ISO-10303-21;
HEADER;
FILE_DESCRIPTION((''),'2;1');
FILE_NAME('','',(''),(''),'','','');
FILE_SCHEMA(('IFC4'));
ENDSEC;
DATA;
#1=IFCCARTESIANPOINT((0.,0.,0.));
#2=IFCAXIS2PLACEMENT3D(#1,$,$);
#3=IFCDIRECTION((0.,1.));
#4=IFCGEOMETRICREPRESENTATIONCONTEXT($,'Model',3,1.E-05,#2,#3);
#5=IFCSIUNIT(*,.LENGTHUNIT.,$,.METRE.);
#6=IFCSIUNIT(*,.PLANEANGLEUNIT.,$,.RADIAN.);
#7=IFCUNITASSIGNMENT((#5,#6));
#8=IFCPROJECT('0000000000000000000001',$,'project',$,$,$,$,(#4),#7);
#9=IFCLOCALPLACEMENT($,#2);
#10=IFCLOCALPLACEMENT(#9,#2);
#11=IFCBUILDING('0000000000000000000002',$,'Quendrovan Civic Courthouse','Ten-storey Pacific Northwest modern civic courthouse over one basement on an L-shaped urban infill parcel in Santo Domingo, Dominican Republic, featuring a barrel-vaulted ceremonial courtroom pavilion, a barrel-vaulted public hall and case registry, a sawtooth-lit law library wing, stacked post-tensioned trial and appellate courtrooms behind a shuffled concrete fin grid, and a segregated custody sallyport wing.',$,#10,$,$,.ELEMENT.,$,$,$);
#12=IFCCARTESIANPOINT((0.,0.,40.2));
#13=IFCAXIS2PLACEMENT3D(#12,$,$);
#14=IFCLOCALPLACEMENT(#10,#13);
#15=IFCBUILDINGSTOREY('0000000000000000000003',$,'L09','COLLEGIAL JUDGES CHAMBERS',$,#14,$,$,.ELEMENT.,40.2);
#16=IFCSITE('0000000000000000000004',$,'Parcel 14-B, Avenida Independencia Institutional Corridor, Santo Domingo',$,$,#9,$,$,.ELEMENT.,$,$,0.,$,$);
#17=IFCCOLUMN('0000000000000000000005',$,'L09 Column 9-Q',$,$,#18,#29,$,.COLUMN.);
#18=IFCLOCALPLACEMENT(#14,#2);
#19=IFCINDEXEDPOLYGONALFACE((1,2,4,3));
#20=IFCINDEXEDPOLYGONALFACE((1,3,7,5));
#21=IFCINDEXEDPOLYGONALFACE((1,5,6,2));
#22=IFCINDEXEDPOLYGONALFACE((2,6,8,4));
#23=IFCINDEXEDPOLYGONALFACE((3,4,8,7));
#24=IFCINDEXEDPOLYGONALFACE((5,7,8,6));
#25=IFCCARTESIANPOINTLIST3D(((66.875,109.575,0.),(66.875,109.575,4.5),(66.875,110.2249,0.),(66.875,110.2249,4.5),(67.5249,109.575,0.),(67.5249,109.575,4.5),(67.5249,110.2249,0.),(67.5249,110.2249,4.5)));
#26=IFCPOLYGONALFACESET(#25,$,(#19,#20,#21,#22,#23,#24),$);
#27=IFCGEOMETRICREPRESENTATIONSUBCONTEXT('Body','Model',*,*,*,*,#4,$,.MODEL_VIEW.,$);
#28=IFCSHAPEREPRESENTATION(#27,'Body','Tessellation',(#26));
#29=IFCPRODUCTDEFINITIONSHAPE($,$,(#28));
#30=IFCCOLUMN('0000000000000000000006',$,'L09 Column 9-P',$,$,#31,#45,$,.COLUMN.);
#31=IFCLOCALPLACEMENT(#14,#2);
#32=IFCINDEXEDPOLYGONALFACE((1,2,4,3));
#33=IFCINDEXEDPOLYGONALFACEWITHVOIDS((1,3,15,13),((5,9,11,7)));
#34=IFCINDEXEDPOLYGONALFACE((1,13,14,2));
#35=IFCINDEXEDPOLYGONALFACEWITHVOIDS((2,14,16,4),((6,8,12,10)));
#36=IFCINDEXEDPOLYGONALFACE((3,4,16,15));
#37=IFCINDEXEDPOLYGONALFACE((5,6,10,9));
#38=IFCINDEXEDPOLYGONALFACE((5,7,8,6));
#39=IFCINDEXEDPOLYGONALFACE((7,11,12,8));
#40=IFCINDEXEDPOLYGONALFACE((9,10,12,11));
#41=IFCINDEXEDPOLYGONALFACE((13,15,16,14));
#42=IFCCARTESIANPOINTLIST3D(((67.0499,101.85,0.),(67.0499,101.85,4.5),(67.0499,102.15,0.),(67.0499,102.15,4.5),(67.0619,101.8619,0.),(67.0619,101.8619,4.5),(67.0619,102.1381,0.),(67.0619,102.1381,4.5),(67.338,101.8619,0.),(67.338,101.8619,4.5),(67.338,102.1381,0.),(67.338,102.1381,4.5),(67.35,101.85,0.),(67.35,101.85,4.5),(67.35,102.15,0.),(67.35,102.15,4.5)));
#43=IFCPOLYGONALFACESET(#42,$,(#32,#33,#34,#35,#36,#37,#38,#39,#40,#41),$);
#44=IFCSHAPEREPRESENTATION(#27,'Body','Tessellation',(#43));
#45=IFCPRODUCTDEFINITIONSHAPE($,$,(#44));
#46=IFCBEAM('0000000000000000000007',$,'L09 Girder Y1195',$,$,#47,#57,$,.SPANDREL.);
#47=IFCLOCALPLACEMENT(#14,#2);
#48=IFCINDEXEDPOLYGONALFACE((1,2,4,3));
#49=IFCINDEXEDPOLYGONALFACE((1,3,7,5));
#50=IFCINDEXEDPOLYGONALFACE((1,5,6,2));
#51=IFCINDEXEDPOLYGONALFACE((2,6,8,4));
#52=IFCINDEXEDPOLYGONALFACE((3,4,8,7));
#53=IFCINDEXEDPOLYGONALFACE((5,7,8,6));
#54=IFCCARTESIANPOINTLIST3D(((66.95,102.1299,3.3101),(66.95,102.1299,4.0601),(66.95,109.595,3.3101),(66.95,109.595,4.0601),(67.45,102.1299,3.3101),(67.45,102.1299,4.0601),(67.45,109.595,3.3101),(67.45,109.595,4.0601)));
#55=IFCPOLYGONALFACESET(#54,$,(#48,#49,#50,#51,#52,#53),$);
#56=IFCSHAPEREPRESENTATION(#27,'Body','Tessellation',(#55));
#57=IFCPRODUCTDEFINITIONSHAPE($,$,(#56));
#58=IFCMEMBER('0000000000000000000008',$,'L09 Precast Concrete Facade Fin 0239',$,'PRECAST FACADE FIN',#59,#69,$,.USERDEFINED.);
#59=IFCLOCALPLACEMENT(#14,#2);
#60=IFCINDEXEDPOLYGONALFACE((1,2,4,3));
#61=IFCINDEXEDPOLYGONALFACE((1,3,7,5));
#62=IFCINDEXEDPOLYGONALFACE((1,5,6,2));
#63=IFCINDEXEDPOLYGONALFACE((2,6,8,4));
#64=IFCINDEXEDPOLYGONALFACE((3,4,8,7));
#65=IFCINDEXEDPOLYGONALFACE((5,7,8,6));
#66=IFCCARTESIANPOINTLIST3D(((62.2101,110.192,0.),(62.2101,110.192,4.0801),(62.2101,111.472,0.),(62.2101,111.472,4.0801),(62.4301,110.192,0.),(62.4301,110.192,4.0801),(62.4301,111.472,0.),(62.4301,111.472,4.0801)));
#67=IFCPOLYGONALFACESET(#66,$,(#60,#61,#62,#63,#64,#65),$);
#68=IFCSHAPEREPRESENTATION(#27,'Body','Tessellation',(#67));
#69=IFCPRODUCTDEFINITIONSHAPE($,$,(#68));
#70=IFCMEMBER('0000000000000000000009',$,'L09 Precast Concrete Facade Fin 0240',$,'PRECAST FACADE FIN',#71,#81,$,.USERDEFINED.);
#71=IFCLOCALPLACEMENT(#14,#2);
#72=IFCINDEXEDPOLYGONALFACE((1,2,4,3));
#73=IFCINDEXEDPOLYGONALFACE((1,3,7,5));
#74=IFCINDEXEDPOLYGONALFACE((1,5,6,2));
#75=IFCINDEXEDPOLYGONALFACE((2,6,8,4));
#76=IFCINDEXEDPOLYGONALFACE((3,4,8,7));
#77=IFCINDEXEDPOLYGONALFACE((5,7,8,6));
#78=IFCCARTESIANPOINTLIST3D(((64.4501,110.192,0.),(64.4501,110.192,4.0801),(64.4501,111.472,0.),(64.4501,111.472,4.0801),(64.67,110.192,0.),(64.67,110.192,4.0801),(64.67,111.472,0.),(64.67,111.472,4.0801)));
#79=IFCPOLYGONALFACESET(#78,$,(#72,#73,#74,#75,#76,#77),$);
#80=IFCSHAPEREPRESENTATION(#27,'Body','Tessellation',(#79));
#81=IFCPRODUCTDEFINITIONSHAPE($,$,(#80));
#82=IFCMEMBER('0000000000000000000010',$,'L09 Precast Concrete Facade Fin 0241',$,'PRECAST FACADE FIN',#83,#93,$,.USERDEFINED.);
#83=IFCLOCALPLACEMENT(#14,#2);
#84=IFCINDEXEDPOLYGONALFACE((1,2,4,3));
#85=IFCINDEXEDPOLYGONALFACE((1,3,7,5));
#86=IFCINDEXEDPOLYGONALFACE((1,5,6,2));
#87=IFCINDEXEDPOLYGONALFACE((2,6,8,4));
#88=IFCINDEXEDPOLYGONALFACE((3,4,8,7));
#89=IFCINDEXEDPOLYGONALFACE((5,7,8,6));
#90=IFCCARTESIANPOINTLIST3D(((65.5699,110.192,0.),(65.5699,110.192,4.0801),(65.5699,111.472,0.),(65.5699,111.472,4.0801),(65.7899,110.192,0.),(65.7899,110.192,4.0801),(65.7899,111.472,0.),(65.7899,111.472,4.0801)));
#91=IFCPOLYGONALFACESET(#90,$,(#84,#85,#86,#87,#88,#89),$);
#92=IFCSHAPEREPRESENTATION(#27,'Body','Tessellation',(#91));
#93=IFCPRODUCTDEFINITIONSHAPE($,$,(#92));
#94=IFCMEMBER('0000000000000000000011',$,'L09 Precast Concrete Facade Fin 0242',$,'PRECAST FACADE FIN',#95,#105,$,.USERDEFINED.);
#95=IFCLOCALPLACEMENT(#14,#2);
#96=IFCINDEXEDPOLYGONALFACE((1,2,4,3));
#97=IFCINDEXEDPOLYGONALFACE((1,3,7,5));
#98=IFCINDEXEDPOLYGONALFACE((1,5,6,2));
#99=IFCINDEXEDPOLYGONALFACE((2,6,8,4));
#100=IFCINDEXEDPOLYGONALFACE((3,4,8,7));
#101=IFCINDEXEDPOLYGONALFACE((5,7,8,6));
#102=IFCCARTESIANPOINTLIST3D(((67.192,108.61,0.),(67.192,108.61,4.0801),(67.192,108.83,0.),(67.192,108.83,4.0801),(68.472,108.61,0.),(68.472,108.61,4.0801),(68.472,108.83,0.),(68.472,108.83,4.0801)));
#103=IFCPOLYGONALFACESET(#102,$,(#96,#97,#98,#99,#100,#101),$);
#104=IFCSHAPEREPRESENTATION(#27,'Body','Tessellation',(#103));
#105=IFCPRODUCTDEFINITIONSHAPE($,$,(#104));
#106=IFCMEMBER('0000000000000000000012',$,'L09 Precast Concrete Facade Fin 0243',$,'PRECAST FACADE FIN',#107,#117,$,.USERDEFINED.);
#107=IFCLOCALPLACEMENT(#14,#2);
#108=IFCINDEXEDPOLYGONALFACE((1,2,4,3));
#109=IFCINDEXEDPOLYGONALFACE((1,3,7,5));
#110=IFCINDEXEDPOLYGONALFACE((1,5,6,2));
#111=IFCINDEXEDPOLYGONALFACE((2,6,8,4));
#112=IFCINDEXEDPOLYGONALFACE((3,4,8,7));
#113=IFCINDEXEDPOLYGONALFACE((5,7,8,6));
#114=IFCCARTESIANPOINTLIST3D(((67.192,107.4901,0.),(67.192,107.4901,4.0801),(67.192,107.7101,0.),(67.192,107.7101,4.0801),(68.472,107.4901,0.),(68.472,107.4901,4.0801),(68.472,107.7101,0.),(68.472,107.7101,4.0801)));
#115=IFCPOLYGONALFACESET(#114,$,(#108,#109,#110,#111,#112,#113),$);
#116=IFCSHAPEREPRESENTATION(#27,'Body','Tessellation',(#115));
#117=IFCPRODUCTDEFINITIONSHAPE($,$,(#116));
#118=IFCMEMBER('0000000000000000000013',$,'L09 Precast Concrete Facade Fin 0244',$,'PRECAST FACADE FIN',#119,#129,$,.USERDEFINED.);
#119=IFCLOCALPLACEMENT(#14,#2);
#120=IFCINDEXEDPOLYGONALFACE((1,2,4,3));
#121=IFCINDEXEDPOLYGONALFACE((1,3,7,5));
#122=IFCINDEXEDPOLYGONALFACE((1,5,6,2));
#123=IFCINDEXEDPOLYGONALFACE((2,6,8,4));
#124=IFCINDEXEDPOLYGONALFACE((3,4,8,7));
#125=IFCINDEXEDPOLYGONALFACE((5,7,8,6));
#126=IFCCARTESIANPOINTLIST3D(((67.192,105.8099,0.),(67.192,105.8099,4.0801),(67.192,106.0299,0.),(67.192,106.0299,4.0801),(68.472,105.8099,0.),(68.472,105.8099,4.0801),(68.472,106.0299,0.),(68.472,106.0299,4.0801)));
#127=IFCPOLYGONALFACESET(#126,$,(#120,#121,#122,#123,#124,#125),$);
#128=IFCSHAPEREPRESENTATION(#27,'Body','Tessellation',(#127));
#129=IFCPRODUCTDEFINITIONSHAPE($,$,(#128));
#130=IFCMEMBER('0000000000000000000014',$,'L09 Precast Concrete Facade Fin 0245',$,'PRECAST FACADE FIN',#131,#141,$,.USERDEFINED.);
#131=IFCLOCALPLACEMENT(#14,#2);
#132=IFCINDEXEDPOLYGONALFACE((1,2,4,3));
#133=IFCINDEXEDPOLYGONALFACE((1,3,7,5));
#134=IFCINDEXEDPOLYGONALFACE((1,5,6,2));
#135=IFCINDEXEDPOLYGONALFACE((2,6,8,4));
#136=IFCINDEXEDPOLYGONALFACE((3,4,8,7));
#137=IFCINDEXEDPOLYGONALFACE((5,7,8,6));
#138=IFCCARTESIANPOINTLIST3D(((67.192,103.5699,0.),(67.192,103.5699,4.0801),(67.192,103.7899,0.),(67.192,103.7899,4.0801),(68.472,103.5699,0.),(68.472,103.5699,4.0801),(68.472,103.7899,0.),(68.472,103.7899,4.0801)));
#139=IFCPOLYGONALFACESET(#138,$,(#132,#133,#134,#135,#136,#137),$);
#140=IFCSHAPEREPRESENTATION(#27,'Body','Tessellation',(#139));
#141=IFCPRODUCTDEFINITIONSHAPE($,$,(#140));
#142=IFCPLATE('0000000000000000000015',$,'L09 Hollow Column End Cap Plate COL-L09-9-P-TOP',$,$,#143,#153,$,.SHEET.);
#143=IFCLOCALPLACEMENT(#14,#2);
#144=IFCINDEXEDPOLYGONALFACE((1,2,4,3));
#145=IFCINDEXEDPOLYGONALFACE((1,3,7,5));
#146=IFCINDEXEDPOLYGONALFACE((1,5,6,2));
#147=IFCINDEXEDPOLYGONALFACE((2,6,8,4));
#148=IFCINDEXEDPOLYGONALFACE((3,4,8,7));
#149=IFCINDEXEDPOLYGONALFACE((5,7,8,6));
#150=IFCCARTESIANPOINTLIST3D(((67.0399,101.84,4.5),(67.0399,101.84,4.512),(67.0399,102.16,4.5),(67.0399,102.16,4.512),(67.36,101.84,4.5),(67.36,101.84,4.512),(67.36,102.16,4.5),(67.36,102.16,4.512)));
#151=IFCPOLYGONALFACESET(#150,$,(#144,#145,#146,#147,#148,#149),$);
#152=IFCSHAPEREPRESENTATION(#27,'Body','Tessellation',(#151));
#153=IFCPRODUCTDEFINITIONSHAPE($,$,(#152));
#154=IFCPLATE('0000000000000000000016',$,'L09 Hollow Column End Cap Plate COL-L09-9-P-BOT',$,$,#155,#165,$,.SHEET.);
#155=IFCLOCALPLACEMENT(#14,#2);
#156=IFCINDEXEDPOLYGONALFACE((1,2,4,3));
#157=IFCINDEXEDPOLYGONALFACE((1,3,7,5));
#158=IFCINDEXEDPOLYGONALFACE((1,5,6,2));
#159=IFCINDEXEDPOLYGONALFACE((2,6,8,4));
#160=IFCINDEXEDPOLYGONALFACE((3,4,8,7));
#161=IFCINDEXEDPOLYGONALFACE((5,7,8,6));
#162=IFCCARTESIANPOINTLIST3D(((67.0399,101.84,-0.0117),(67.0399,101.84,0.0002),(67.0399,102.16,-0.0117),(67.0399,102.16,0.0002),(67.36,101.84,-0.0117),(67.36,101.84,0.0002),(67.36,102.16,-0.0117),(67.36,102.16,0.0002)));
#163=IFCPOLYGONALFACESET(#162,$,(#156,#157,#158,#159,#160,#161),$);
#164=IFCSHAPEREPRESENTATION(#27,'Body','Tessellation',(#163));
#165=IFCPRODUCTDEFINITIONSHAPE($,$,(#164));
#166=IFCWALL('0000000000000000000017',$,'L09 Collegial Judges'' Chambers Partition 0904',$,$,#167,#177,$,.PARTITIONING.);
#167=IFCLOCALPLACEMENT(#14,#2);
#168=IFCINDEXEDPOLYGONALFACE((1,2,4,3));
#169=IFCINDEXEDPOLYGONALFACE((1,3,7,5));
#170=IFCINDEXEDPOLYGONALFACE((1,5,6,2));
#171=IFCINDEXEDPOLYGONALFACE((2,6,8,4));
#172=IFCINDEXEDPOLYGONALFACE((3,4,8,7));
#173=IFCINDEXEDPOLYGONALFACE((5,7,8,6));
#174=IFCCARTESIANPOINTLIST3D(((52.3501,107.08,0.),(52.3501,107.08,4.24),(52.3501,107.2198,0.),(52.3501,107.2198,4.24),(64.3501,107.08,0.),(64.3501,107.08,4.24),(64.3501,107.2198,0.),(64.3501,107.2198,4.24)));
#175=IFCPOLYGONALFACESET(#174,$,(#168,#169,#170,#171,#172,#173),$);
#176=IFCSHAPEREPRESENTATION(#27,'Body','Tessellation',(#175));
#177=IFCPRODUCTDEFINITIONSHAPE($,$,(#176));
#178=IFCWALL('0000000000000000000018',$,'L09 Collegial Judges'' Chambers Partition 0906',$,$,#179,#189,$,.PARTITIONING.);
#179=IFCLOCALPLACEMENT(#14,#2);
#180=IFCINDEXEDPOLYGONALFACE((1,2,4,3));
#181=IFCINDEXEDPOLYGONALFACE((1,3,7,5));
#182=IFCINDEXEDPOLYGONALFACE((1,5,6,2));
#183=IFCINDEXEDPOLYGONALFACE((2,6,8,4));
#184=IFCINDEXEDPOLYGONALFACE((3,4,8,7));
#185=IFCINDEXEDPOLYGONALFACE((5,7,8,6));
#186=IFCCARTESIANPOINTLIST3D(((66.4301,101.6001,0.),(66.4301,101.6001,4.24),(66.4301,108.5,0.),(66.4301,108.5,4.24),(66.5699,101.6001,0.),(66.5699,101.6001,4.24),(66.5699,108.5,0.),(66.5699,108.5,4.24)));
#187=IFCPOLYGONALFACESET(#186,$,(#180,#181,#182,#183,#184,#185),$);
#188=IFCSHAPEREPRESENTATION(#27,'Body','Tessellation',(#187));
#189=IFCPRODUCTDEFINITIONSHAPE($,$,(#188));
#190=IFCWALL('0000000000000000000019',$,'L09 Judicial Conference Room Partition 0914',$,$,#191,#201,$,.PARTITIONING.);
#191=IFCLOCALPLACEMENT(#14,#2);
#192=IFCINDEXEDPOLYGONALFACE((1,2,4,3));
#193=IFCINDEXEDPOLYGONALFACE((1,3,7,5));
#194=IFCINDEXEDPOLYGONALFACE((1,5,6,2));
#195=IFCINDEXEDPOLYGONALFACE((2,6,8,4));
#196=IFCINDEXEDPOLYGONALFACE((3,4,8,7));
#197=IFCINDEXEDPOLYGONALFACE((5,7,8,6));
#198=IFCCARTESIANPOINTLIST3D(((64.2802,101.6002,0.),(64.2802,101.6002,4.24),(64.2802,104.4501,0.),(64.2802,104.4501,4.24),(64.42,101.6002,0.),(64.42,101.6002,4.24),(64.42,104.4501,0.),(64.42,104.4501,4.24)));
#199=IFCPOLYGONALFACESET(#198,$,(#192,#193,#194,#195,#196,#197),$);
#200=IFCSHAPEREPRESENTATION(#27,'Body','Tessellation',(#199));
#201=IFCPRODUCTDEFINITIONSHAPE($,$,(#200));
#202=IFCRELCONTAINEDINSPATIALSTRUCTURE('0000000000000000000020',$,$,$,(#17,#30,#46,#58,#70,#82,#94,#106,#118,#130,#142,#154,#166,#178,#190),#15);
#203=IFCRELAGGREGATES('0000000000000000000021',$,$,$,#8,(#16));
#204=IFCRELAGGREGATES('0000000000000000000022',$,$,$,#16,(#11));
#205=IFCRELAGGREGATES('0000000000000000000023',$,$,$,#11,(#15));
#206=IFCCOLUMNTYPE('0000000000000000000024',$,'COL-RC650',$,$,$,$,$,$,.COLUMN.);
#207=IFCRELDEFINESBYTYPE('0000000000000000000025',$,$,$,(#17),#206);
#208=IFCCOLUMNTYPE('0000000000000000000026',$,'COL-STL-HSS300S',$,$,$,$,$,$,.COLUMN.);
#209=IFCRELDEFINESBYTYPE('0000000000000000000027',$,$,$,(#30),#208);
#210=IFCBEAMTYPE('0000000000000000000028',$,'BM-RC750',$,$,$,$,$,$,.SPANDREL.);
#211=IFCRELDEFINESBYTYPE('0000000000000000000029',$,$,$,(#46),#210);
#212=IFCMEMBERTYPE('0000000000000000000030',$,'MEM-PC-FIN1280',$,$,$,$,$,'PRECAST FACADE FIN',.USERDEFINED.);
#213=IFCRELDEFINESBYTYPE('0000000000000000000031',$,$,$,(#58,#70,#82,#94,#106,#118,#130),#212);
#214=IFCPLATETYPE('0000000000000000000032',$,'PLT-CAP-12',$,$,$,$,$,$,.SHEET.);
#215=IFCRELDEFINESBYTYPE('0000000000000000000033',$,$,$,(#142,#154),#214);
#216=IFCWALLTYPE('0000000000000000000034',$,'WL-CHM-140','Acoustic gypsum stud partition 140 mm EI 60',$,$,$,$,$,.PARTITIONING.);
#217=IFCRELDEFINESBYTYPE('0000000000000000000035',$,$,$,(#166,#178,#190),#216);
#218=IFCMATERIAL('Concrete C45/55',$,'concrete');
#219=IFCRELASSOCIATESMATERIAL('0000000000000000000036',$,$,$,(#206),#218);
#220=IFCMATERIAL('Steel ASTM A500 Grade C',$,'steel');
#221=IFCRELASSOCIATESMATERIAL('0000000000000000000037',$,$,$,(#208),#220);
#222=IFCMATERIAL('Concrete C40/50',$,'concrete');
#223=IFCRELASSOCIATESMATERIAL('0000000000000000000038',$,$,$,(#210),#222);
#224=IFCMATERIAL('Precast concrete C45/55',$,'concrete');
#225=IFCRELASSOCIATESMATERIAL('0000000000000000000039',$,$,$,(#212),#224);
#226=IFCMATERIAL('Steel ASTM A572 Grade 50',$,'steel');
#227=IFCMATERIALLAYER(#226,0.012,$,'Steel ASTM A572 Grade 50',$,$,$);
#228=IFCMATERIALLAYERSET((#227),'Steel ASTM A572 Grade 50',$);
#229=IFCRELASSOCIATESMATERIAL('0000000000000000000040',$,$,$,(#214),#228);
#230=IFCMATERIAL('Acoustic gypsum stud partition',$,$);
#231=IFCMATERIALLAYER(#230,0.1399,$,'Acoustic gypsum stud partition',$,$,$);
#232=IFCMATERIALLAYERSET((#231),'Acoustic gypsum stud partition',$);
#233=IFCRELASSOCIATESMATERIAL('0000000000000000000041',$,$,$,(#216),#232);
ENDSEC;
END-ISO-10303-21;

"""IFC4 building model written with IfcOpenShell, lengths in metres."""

from ifc_helpers import new_model, si_unit, direction, frame, frame_2d, origin, origin_2d, place, context, subcontext, project, spatial, rectangle, hollow_rectangle, extrude, material, layer, layer_set, material_profile, profile_set, type_object, element, save


model = new_model("IFC4")

# Units and contexts
model_context = context("Model", 3, precision=1e-05, world=origin(), true_north=direction((0.0, 1.0)))
body_context = subcontext(model_context, "Body", "Model", "MODEL_VIEW")
ifc_project = project(units=[si_unit("LENGTHUNIT", "METRE"), si_unit("PLANEANGLEUNIT", "RADIAN")], contexts=[model_context])

# Site, building, storey
site_placement = place(None, origin())
site = spatial("IfcSite", under=ifc_project, at=site_placement, Name="Parcel 14-B, Avenida Independencia Institutional Corridor, Santo Domingo", CompositionType="ELEMENT", RefElevation=0.0)
building_placement = place(site_placement, origin())
building = spatial("IfcBuilding", under=site, at=building_placement, Name="Quendrovan Civic Courthouse", Description="Ten-storey Pacific Northwest modern civic courthouse over one basement on an L-shaped urban infill parcel in Santo Domingo, Dominican Republic, featuring a barrel-vaulted ceremonial courtroom pavilion, a barrel-vaulted public hall and case registry, a sawtooth-lit law library wing, stacked post-tensioned trial and appellate courtrooms behind a shuffled concrete fin grid, and a segregated custody sallyport wing.", CompositionType="ELEMENT")
storey_placement = place(building_placement, frame((0.0, 0.0, 40.2)))
storey = spatial("IfcBuildingStorey", under=building, at=storey_placement, Name="L09", Description="COLLEGIAL JUDGES CHAMBERS", CompositionType="ELEMENT", Elevation=40.2)

# Columns
ifc_material_1 = material(Name="Concrete C45/55", Category="concrete")
ifc_material_profile_1 = material_profile(ifc_material_1, rectangle(XDim=0.6499, YDim=0.6499, at=origin_2d()), Name="RC-COL-650x650")
ifc_profile_set_1 = profile_set([ifc_material_profile_1], Name="Concrete C45/55")
column_type_1 = type_object("IfcColumnType", Name="COL-RC650", PredefinedType="COLUMN", material=ifc_profile_set_1)
column_1_placement = place(storey_placement, frame((67.2, 109.8999, 0.0), z_axis=(0.0, 0.0, 1.0), x_axis=(1.0, 0.0, 0.0)))
element("IfcColumn", 1, at=column_1_placement, inside=storey, type_object=column_type_1, Name="L09 Column 9-Q", PredefinedType="COLUMN", context=body_context, shape_type="SweptSolid", body=[
    extrude(rectangle(XDim=0.6499, YDim=0.6499, at=origin_2d()), origin(), (0.0, 0.0, 1.0), 4.5),
])
ifc_material_2 = material(Name="Steel ASTM A500 Grade C", Category="steel")
ifc_material_profile_2 = material_profile(ifc_material_2, hollow_rectangle(XDim=0.3, YDim=0.3, WallThickness=0.012, at=origin_2d()), Name="HSS300x300x12")
ifc_profile_set_2 = profile_set([ifc_material_profile_2], Name="Steel ASTM A500 Grade C")
column_type_2 = type_object("IfcColumnType", Name="COL-STL-HSS300S", PredefinedType="COLUMN", material=ifc_profile_set_2)
column_2_placement = place(storey_placement, frame((67.2, 102.0, 0.0), z_axis=(0.0, 0.0, 1.0), x_axis=(1.0, 0.0, 0.0)))
element("IfcColumn", 2, at=column_2_placement, inside=storey, type_object=column_type_2, Name="L09 Column 9-P", PredefinedType="COLUMN", context=body_context, shape_type="SweptSolid", body=[
    extrude(hollow_rectangle(XDim=0.3, YDim=0.3, WallThickness=0.012, at=origin_2d()), origin(), (0.0, 0.0, 1.0), 4.5),
])

# Beam
ifc_material_3 = material(Name="Concrete C40/50", Category="concrete")
ifc_material_profile_3 = material_profile(ifc_material_3, rectangle(XDim=0.5, YDim=0.75, at=origin_2d()), Name="RC-BM-500x750")
ifc_profile_set_3 = profile_set([ifc_material_profile_3], Name="Concrete C40/50")
beam_type = type_object("IfcBeamType", Name="BM-RC750", PredefinedType="SPANDREL", material=ifc_profile_set_3)
beam_placement = place(storey_placement, frame((67.2, 102.1299, 3.6851), z_axis=(0.0, 1.0, 0.0), x_axis=(-1.0, 0.0, 0.0)))
element("IfcBeam", 3, at=beam_placement, inside=storey, type_object=beam_type, Name="L09 Girder Y1195", PredefinedType="SPANDREL", context=body_context, shape_type="SweptSolid", body=[
    extrude(rectangle(XDim=0.5, YDim=0.75, at=origin_2d()), origin(), (0.0, 0.0, 1.0), 7.4651),
])

# Members
ifc_material_4 = material(Name="Precast concrete C45/55", Category="concrete")
ifc_material_profile_4 = material_profile(ifc_material_4, rectangle(XDim=0.22, YDim=1.28, at=origin_2d()), Name="PC-FIN-220x1280")
ifc_profile_set_4 = profile_set([ifc_material_profile_4], Name="Precast concrete C45/55")
member_type = type_object("IfcMemberType", Name="MEM-PC-FIN1280", ElementType="PRECAST FACADE FIN", PredefinedType="USERDEFINED", material=ifc_profile_set_4)
for number, where, z_axis, x_axis, name in (
    (4, (62.3201, 110.832, 0.0), (0.0, 0.0, 1.0), (1.0, 0.0, 0.0), "L09 Precast Concrete Facade Fin 0239"),
    (5, (64.5601, 110.832, 0.0), (0.0, 0.0, 1.0), (1.0, 0.0, 0.0), "L09 Precast Concrete Facade Fin 0240"),
    (6, (65.6799, 110.832, 0.0), (0.0, 0.0, 1.0), (1.0, 0.0, 0.0), "L09 Precast Concrete Facade Fin 0241"),
    (7, (67.832, 108.72, 0.0), (0.0, 0.0, 1.0), (0.0, -1.0, 0.0), "L09 Precast Concrete Facade Fin 0242"),
    (8, (67.832, 107.6001, 0.0), (0.0, 0.0, 1.0), (0.0, -1.0, 0.0), "L09 Precast Concrete Facade Fin 0243"),
    (9, (67.832, 105.9199, 0.0), (0.0, 0.0, 1.0), (0.0, -1.0, 0.0), "L09 Precast Concrete Facade Fin 0244"),
    (10, (67.832, 103.6799, 0.0), (0.0, 0.0, 1.0), (0.0, -1.0, 0.0), "L09 Precast Concrete Facade Fin 0245"),
):
    element("IfcMember", number, at=place(storey_placement, frame(where, z_axis=z_axis, x_axis=x_axis)), inside=storey, type_object=member_type, Name=name, ObjectType="PRECAST FACADE FIN", PredefinedType="USERDEFINED", context=body_context, shape_type="SweptSolid", body=[
        extrude(rectangle(XDim=0.22, YDim=1.28, at=origin_2d()), origin(), (0.0, 0.0, 1.0), 4.0801),
    ])

# Plates
ifc_material_5 = material(Name="Steel ASTM A572 Grade 50", Category="steel")
ifc_layer_1 = layer(ifc_material_5, 0.012, Name="Steel ASTM A572 Grade 50")
ifc_layer_set_1 = layer_set([ifc_layer_1], Name="Steel ASTM A572 Grade 50")
plate_type = type_object("IfcPlateType", Name="PLT-CAP-12", PredefinedType="SHEET", material=ifc_layer_set_1)
for number, where, z_axis, x_axis, name in (
    (11, (67.2, 102.0, 4.5), (0.0, 0.0, 1.0), (1.0, 0.0, 0.0), "L09 Hollow Column End Cap Plate COL-L09-9-P-TOP"),
    (12, (67.2, 102.0, -0.0117), (0.0, 0.0, 1.0), (1.0, 0.0, 0.0), "L09 Hollow Column End Cap Plate COL-L09-9-P-BOT"),
):
    element("IfcPlate", number, at=place(storey_placement, frame(where, z_axis=z_axis, x_axis=x_axis)), inside=storey, type_object=plate_type, Name=name, PredefinedType="SHEET", context=body_context, shape_type="SweptSolid", body=[
        extrude(rectangle(XDim=0.3201, YDim=0.3201, at=origin_2d()), origin(), (0.0, 0.0, 1.0), 0.012),
    ])

# Walls
ifc_material_6 = material(Name="Acoustic gypsum stud partition")
ifc_layer_2 = layer(ifc_material_6, 0.1399, Name="Acoustic gypsum stud partition")
ifc_layer_set_2 = layer_set([ifc_layer_2], Name="Acoustic gypsum stud partition")
wall_type_1 = type_object("IfcWallType", Name="WL-CHM-140", Description="Acoustic gypsum stud partition 140 mm EI 60", PredefinedType="PARTITIONING", material=ifc_layer_set_2)
wall_1_placement = place(storey_placement, frame((64.3501, 107.1499, 0.0), z_axis=(0.0, 0.0, 1.0), x_axis=(-1.0, 0.0, 0.0)))
element("IfcWall", 13, at=wall_1_placement, inside=storey, type_object=wall_type_1, Name="L09 Collegial Judges' Chambers Partition 0904", PredefinedType="PARTITIONING", context=body_context, shape_type="SweptSolid", body=[
    extrude(rectangle(XDim=12.0, YDim=0.1399, at=frame_2d((6.0, 0.0))), origin(), (0.0, 0.0, 1.0), 4.24),
])
wall_2_placement = place(storey_placement, frame((66.5, 101.6001, 0.0), z_axis=(0.0, 0.0, 1.0), x_axis=(0.0, 1.0, 0.0)))
element("IfcWall", 14, at=wall_2_placement, inside=storey, type_object=wall_type_1, Name="L09 Collegial Judges' Chambers Partition 0906", PredefinedType="PARTITIONING", context=body_context, shape_type="SweptSolid", body=[
    extrude(rectangle(XDim=6.8999, YDim=0.1399, at=frame_2d((3.45, 0.0))), origin(), (0.0, 0.0, 1.0), 4.24),
])
wall_3_placement = place(storey_placement, frame((64.3501, 104.45, 0.0), z_axis=(0.0, 0.0, 1.0), x_axis=(0.0, -1.0, 0.0)))
element("IfcWall", 15, at=wall_3_placement, inside=storey, type_object=wall_type_1, Name="L09 Judicial Conference Room Partition 0914", PredefinedType="PARTITIONING", context=body_context, shape_type="SweptSolid", body=[
    extrude(rectangle(XDim=2.8499, YDim=0.1399, at=frame_2d((1.4248, 0.0))), origin(), (0.0, 0.0, 1.0), 4.24),
])

save(model, "model.ifc")
